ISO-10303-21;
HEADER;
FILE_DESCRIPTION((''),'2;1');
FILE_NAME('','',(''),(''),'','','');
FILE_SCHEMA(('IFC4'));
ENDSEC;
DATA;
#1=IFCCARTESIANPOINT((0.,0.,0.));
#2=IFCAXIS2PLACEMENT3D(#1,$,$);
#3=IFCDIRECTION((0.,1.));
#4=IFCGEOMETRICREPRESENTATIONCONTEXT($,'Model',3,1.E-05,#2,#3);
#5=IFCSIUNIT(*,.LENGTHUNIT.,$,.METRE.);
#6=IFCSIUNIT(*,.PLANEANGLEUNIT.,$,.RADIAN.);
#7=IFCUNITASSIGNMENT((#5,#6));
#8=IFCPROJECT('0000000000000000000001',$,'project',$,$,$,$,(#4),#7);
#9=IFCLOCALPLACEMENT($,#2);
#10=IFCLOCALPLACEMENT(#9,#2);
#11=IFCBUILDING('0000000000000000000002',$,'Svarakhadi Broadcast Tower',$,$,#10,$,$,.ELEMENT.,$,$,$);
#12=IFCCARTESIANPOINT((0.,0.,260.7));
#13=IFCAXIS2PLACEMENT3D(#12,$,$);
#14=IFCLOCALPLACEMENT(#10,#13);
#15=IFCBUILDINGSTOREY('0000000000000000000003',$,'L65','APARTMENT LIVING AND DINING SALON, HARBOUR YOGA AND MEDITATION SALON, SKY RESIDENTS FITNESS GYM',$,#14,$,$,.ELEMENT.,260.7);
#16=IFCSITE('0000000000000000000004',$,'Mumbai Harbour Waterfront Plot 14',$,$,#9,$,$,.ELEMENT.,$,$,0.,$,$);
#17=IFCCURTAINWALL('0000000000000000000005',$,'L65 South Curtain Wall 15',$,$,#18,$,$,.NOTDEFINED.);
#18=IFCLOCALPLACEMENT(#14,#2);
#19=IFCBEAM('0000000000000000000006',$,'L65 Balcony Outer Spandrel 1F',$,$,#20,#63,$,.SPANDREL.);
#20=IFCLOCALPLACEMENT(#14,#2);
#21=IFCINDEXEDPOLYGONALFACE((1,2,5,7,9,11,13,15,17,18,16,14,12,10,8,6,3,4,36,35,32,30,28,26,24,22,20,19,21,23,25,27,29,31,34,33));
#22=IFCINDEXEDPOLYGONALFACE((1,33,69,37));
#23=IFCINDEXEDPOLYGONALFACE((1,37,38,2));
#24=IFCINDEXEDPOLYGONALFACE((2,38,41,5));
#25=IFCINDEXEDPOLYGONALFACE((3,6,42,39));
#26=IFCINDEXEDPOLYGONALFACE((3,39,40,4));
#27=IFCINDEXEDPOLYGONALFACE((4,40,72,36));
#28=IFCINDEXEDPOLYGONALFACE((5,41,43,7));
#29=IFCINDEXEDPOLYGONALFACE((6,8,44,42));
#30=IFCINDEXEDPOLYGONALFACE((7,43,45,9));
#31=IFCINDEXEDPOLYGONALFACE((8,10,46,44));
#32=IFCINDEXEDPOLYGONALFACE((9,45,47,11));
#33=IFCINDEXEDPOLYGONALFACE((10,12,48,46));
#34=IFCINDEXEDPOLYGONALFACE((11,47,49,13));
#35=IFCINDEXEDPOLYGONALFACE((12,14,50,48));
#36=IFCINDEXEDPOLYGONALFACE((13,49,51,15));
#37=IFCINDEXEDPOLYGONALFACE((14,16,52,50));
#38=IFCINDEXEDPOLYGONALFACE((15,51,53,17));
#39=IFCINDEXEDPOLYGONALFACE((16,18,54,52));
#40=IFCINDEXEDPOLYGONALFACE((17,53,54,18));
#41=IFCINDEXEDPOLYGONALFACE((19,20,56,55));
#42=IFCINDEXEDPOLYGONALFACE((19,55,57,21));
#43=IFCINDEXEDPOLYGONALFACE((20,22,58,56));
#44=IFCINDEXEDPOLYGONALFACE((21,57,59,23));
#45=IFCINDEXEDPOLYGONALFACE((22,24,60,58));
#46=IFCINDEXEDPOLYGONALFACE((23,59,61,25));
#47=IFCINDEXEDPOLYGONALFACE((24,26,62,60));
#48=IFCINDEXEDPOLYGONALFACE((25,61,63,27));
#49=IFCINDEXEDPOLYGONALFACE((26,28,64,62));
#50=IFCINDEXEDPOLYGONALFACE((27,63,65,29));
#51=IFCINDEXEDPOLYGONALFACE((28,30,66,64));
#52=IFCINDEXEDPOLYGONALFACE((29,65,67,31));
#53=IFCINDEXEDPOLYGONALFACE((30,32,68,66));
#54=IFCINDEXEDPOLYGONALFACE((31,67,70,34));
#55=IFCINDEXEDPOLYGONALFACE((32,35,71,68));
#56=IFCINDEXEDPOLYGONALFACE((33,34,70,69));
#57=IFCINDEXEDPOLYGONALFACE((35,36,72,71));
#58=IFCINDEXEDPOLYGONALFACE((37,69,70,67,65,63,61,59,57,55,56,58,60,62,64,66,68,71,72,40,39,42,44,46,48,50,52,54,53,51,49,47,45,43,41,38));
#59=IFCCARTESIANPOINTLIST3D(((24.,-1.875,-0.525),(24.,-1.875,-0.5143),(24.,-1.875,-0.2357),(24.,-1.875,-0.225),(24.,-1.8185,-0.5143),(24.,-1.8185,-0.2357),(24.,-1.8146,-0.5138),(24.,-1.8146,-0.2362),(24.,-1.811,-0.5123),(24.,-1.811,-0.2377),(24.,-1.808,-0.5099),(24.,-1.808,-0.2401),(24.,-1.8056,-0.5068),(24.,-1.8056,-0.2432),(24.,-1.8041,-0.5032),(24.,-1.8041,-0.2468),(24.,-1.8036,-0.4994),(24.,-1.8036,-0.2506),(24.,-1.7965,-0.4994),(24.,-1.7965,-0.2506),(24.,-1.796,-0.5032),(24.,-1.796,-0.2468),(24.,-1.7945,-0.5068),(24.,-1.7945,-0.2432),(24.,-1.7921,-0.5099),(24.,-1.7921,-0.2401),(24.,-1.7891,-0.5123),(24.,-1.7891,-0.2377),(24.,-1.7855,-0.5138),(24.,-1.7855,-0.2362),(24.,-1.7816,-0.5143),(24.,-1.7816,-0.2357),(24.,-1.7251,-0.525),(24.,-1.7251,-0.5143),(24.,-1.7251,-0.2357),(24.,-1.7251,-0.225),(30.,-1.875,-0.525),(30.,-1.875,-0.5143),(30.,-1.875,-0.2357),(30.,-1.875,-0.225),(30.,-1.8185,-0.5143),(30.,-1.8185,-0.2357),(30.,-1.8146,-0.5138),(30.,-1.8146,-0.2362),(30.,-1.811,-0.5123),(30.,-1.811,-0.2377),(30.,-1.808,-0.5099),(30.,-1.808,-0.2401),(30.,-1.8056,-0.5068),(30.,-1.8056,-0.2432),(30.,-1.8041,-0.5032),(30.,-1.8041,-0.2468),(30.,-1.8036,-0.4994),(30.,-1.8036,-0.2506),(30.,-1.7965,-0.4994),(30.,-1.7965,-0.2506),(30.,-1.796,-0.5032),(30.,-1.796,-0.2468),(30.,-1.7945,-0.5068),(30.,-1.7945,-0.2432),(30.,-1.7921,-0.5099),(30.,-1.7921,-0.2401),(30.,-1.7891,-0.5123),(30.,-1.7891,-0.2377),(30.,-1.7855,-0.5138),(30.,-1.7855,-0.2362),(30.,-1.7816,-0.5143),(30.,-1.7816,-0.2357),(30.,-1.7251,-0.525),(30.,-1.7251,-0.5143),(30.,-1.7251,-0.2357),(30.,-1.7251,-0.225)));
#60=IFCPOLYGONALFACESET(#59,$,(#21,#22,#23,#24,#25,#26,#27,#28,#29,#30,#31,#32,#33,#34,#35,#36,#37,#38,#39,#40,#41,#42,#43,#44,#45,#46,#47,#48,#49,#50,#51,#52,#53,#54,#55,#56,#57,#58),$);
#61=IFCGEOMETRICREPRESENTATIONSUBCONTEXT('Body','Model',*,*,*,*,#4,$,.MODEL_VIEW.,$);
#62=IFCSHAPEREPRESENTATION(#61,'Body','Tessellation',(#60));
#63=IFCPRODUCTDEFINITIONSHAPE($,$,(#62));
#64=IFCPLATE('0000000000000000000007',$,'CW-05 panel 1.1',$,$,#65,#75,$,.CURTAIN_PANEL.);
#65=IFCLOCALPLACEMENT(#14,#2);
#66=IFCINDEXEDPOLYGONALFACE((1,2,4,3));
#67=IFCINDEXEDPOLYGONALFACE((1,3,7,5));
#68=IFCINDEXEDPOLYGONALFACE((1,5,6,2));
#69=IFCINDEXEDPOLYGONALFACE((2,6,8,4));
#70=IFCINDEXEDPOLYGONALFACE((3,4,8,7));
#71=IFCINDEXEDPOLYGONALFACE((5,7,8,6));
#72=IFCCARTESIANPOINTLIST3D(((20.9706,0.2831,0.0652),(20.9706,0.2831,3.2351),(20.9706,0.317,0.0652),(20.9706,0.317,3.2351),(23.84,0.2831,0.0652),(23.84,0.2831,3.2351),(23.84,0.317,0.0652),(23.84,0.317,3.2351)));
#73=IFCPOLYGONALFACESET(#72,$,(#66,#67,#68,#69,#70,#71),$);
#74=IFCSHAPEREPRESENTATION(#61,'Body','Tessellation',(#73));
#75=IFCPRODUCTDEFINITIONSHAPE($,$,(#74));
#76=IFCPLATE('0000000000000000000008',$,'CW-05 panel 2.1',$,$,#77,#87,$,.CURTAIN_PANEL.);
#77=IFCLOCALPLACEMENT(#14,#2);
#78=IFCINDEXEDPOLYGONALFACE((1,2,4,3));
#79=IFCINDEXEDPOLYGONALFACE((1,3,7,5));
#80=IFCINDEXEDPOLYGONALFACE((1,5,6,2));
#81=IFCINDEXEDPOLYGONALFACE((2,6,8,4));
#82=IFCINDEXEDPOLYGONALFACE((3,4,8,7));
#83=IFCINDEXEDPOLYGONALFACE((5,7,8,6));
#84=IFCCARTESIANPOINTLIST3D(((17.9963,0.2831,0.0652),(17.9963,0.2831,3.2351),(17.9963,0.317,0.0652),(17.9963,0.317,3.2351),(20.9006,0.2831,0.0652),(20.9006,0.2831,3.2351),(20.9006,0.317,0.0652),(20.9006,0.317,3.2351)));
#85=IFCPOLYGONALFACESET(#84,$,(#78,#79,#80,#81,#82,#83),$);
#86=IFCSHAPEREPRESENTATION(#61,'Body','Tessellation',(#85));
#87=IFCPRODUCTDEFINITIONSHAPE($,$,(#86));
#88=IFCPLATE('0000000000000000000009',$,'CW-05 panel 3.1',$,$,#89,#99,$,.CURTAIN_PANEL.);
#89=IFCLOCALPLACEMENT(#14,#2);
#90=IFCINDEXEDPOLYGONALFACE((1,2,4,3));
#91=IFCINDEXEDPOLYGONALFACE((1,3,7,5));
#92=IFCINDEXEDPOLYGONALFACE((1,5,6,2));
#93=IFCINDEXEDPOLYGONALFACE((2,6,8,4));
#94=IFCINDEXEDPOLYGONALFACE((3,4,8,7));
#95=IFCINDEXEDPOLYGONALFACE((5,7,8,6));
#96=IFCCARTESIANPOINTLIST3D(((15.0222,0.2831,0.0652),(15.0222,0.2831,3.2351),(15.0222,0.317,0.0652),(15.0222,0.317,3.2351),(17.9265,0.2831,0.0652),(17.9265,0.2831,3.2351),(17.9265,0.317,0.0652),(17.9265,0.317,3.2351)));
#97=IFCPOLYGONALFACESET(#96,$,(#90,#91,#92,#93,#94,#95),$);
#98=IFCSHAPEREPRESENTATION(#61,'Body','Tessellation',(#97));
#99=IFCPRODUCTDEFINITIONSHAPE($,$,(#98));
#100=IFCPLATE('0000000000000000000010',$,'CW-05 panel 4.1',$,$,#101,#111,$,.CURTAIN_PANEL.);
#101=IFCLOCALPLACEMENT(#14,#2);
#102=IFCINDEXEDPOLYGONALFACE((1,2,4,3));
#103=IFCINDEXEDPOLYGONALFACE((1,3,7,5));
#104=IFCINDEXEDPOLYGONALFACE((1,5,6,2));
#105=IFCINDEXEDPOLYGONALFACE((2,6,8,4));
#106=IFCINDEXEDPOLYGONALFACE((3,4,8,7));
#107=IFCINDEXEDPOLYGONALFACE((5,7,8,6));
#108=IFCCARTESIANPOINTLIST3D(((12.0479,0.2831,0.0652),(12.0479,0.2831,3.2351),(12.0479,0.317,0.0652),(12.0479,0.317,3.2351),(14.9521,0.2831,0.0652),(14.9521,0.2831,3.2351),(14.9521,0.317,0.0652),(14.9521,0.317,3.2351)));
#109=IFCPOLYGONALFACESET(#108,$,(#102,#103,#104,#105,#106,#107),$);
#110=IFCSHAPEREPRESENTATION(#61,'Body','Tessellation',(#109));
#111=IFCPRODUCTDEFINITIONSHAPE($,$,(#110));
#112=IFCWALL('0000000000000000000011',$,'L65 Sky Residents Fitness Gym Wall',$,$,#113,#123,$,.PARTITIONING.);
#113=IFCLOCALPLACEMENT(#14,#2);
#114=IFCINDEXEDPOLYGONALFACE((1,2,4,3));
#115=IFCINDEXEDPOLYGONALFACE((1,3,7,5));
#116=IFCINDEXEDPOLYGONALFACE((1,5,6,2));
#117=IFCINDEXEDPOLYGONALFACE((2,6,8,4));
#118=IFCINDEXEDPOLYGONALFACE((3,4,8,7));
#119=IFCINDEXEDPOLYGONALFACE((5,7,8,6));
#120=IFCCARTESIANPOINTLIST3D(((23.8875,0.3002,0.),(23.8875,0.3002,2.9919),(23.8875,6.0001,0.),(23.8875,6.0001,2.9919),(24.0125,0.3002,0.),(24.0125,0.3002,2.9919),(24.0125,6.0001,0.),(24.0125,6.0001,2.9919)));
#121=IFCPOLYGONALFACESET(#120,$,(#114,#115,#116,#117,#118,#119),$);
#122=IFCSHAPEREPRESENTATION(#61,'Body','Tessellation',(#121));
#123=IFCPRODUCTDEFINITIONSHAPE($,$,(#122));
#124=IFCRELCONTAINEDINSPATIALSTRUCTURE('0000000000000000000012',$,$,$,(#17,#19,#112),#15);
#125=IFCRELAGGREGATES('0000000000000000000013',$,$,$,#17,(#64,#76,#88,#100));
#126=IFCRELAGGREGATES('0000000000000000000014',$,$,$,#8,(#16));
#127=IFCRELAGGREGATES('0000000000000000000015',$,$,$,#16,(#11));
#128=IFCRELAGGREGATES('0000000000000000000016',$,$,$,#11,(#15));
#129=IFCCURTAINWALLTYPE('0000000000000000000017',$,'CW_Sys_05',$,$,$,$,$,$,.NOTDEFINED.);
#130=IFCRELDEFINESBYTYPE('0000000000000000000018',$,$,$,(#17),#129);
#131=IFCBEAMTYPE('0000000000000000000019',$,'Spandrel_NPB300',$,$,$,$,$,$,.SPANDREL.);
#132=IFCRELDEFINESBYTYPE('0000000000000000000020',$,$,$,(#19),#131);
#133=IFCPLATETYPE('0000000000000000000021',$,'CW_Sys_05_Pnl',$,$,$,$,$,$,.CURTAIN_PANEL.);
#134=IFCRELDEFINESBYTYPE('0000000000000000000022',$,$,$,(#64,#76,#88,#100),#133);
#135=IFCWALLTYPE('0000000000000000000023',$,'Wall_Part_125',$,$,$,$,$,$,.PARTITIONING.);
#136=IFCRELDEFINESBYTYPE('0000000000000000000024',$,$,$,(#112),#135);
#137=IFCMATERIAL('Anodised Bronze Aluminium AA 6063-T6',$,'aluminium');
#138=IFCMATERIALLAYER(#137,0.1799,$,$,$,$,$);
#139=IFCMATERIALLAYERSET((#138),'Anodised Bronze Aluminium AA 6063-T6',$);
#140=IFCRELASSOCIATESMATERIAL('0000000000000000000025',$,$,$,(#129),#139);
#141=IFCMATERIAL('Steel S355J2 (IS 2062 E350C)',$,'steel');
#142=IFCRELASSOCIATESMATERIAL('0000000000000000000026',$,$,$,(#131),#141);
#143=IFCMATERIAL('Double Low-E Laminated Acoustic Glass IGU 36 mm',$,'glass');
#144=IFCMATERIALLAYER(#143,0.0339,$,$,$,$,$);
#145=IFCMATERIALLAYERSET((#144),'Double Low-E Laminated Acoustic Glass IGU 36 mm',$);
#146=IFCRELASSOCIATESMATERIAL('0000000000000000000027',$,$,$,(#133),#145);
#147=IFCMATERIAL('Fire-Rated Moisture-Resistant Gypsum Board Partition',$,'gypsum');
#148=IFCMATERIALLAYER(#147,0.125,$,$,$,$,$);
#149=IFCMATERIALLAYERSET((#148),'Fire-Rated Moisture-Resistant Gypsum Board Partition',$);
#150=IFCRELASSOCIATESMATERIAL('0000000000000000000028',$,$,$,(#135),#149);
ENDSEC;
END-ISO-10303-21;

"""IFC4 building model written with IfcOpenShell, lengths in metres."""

from ifc_helpers import new_model, si_unit, direction, frame, frame_2d, origin, origin_2d, place, context, subcontext, project, spatial, rectangle, i_section, extrude, material, layer, layer_set, material_profile, profile_set, type_object, element, aggregate, save


model = new_model("IFC4")

# Units and contexts
model_context = context("Model", 3, precision=1e-05, world=origin(), true_north=direction((0.0, 1.0)))
body_context = subcontext(model_context, "Body", "Model", "MODEL_VIEW")
ifc_project = project(units=[si_unit("LENGTHUNIT", "METRE"), si_unit("PLANEANGLEUNIT", "RADIAN")], contexts=[model_context])

# Site, building, storey
site_placement = place(None, origin())
site = spatial("IfcSite", under=ifc_project, at=site_placement, Name="Mumbai Harbour Waterfront Plot 14", CompositionType="ELEMENT", RefElevation=0.0)
building_placement = place(site_placement, origin())
building = spatial("IfcBuilding", under=site, at=building_placement, Name="Svarakhadi Broadcast Tower", CompositionType="ELEMENT")
storey_placement = place(building_placement, frame((0.0, 0.0, 260.7)))
storey = spatial("IfcBuildingStorey", under=building, at=storey_placement, Name="L65", Description="APARTMENT LIVING AND DINING SALON, HARBOUR YOGA AND MEDITATION SALON, SKY RESIDENTS FITNESS GYM", CompositionType="ELEMENT", Elevation=260.7)

# Curtain wall
ifc_material_1 = material(Name="Anodised Bronze Aluminium AA 6063-T6", Category="aluminium")
ifc_layer_1 = layer(ifc_material_1, 0.1799)
ifc_layer_set_1 = layer_set([ifc_layer_1], Name="Anodised Bronze Aluminium AA 6063-T6")
curtain_wall_type = type_object("IfcCurtainWallType", Name="CW_Sys_05", PredefinedType="NOTDEFINED", material=ifc_layer_set_1)
curtain_wall_placement = place(storey_placement, origin())
curtain_wall = element("IfcCurtainWall", 1, at=curtain_wall_placement, inside=storey, type_object=curtain_wall_type, Name="L65 South Curtain Wall 15", PredefinedType="NOTDEFINED")

# Beam
ifc_material_2 = material(Name="Steel S355J2 (IS 2062 E350C)", Category="steel")
ifc_material_profile_1 = material_profile(ifc_material_2, i_section(OverallWidth=0.1499, OverallDepth=0.3, WebThickness=0.0071, FlangeThickness=0.0107, FilletRadius=0.0149, at=origin_2d()), Name="NPB 300x150x37")
ifc_profile_set_1 = profile_set([ifc_material_profile_1], Name="Steel S355J2 (IS 2062 E350C)")
beam_type_1 = type_object("IfcBeamType", Name="Spandrel_NPB300", PredefinedType="SPANDREL", material=ifc_profile_set_1)
beam_1_placement = place(storey_placement, frame((24.0, -1.8, -0.375), z_axis=(1.0, 0.0, 0.0), x_axis=(0.0, 1.0, 0.0)))
element("IfcBeam", 2, at=beam_1_placement, inside=storey, type_object=beam_type_1, Name="L65 Balcony Outer Spandrel 1F", PredefinedType="SPANDREL", context=body_context, shape_type="SweptSolid", body=[
    extrude(i_section(OverallWidth=0.1499, OverallDepth=0.3, WebThickness=0.0071, FlangeThickness=0.0107, FilletRadius=0.0149, at=origin_2d()), origin(), (0.0, 0.0, 1.0), 6.0),
])

# Plates
ifc_material_3 = material(Name="Double Low-E Laminated Acoustic Glass IGU 36 mm", Category="glass")
ifc_layer_2 = layer(ifc_material_3, 0.0339)
ifc_layer_set_2 = layer_set([ifc_layer_2], Name="Double Low-E Laminated Acoustic Glass IGU 36 mm")
plate_type = type_object("IfcPlateType", Name="CW_Sys_05_Pnl", PredefinedType="CURTAIN_PANEL", material=ifc_layer_set_2)
plate_1_placement = place(storey_placement, frame((22.4053, 0.3, 0.0652), z_axis=(0.0, 0.0, 1.0), x_axis=(-1.0, 0.0, 0.0)))
plate_1 = element("IfcPlate", 3, at=plate_1_placement, type_object=plate_type, Name="CW-05 panel 1.1", PredefinedType="CURTAIN_PANEL", context=body_context, shape_type="SweptSolid", body=[
    extrude(rectangle(XDim=2.8694, YDim=0.0339, at=origin_2d()), origin(), (0.0, 0.0, 1.0), 3.1699),
])
plate_2_placement = place(storey_placement, frame((19.4485, 0.3, 0.0652), z_axis=(0.0, 0.0, 1.0), x_axis=(-1.0, 0.0, 0.0)))
plate_2 = element("IfcPlate", 4, at=plate_2_placement, type_object=plate_type, Name="CW-05 panel 2.1", PredefinedType="CURTAIN_PANEL", context=body_context, shape_type="SweptSolid", body=[
    extrude(rectangle(XDim=2.9043, YDim=0.0339, at=origin_2d()), origin(), (0.0, 0.0, 1.0), 3.1699),
])
plate_3_placement = place(storey_placement, frame((16.4744, 0.3, 0.0652), z_axis=(0.0, 0.0, 1.0), x_axis=(-1.0, 0.0, 0.0)))
plate_3 = element("IfcPlate", 5, at=plate_3_placement, type_object=plate_type, Name="CW-05 panel 3.1", PredefinedType="CURTAIN_PANEL", context=body_context, shape_type="SweptSolid", body=[
    extrude(rectangle(XDim=2.9043, YDim=0.0339, at=origin_2d()), origin(), (0.0, 0.0, 1.0), 3.1699),
])
plate_4_placement = place(storey_placement, frame((13.5, 0.3, 0.0652), z_axis=(0.0, 0.0, 1.0), x_axis=(-1.0, 0.0, 0.0)))
plate_4 = element("IfcPlate", 6, at=plate_4_placement, type_object=plate_type, Name="CW-05 panel 4.1", PredefinedType="CURTAIN_PANEL", context=body_context, shape_type="SweptSolid", body=[
    extrude(rectangle(XDim=2.9043, YDim=0.0339, at=origin_2d()), origin(), (0.0, 0.0, 1.0), 3.1699),
])
aggregate(curtain_wall, [plate_1, plate_2, plate_3, plate_4])

# Wall
ifc_material_4 = material(Name="Fire-Rated Moisture-Resistant Gypsum Board Partition", Category="gypsum")
ifc_layer_3 = layer(ifc_material_4, 0.125)
ifc_layer_set_3 = layer_set([ifc_layer_3], Name="Fire-Rated Moisture-Resistant Gypsum Board Partition")
wall_type = type_object("IfcWallType", Name="Wall_Part_125", PredefinedType="PARTITIONING", material=ifc_layer_set_3)
wall_placement = place(storey_placement, frame((23.95, 0.3, 0.0), z_axis=(0.0, 0.0, 1.0), x_axis=(0.0, 1.0, 0.0)))
element("IfcWall", 7, at=wall_placement, inside=storey, type_object=wall_type, Name="L65 Sky Residents Fitness Gym Wall", PredefinedType="PARTITIONING", context=body_context, shape_type="SweptSolid", body=[
    extrude(rectangle(XDim=5.7, YDim=0.125, at=frame_2d((2.8501, 0.0))), origin(), (0.0, 0.0, 1.0), 2.9919),
])

save(model, "model.ifc")
